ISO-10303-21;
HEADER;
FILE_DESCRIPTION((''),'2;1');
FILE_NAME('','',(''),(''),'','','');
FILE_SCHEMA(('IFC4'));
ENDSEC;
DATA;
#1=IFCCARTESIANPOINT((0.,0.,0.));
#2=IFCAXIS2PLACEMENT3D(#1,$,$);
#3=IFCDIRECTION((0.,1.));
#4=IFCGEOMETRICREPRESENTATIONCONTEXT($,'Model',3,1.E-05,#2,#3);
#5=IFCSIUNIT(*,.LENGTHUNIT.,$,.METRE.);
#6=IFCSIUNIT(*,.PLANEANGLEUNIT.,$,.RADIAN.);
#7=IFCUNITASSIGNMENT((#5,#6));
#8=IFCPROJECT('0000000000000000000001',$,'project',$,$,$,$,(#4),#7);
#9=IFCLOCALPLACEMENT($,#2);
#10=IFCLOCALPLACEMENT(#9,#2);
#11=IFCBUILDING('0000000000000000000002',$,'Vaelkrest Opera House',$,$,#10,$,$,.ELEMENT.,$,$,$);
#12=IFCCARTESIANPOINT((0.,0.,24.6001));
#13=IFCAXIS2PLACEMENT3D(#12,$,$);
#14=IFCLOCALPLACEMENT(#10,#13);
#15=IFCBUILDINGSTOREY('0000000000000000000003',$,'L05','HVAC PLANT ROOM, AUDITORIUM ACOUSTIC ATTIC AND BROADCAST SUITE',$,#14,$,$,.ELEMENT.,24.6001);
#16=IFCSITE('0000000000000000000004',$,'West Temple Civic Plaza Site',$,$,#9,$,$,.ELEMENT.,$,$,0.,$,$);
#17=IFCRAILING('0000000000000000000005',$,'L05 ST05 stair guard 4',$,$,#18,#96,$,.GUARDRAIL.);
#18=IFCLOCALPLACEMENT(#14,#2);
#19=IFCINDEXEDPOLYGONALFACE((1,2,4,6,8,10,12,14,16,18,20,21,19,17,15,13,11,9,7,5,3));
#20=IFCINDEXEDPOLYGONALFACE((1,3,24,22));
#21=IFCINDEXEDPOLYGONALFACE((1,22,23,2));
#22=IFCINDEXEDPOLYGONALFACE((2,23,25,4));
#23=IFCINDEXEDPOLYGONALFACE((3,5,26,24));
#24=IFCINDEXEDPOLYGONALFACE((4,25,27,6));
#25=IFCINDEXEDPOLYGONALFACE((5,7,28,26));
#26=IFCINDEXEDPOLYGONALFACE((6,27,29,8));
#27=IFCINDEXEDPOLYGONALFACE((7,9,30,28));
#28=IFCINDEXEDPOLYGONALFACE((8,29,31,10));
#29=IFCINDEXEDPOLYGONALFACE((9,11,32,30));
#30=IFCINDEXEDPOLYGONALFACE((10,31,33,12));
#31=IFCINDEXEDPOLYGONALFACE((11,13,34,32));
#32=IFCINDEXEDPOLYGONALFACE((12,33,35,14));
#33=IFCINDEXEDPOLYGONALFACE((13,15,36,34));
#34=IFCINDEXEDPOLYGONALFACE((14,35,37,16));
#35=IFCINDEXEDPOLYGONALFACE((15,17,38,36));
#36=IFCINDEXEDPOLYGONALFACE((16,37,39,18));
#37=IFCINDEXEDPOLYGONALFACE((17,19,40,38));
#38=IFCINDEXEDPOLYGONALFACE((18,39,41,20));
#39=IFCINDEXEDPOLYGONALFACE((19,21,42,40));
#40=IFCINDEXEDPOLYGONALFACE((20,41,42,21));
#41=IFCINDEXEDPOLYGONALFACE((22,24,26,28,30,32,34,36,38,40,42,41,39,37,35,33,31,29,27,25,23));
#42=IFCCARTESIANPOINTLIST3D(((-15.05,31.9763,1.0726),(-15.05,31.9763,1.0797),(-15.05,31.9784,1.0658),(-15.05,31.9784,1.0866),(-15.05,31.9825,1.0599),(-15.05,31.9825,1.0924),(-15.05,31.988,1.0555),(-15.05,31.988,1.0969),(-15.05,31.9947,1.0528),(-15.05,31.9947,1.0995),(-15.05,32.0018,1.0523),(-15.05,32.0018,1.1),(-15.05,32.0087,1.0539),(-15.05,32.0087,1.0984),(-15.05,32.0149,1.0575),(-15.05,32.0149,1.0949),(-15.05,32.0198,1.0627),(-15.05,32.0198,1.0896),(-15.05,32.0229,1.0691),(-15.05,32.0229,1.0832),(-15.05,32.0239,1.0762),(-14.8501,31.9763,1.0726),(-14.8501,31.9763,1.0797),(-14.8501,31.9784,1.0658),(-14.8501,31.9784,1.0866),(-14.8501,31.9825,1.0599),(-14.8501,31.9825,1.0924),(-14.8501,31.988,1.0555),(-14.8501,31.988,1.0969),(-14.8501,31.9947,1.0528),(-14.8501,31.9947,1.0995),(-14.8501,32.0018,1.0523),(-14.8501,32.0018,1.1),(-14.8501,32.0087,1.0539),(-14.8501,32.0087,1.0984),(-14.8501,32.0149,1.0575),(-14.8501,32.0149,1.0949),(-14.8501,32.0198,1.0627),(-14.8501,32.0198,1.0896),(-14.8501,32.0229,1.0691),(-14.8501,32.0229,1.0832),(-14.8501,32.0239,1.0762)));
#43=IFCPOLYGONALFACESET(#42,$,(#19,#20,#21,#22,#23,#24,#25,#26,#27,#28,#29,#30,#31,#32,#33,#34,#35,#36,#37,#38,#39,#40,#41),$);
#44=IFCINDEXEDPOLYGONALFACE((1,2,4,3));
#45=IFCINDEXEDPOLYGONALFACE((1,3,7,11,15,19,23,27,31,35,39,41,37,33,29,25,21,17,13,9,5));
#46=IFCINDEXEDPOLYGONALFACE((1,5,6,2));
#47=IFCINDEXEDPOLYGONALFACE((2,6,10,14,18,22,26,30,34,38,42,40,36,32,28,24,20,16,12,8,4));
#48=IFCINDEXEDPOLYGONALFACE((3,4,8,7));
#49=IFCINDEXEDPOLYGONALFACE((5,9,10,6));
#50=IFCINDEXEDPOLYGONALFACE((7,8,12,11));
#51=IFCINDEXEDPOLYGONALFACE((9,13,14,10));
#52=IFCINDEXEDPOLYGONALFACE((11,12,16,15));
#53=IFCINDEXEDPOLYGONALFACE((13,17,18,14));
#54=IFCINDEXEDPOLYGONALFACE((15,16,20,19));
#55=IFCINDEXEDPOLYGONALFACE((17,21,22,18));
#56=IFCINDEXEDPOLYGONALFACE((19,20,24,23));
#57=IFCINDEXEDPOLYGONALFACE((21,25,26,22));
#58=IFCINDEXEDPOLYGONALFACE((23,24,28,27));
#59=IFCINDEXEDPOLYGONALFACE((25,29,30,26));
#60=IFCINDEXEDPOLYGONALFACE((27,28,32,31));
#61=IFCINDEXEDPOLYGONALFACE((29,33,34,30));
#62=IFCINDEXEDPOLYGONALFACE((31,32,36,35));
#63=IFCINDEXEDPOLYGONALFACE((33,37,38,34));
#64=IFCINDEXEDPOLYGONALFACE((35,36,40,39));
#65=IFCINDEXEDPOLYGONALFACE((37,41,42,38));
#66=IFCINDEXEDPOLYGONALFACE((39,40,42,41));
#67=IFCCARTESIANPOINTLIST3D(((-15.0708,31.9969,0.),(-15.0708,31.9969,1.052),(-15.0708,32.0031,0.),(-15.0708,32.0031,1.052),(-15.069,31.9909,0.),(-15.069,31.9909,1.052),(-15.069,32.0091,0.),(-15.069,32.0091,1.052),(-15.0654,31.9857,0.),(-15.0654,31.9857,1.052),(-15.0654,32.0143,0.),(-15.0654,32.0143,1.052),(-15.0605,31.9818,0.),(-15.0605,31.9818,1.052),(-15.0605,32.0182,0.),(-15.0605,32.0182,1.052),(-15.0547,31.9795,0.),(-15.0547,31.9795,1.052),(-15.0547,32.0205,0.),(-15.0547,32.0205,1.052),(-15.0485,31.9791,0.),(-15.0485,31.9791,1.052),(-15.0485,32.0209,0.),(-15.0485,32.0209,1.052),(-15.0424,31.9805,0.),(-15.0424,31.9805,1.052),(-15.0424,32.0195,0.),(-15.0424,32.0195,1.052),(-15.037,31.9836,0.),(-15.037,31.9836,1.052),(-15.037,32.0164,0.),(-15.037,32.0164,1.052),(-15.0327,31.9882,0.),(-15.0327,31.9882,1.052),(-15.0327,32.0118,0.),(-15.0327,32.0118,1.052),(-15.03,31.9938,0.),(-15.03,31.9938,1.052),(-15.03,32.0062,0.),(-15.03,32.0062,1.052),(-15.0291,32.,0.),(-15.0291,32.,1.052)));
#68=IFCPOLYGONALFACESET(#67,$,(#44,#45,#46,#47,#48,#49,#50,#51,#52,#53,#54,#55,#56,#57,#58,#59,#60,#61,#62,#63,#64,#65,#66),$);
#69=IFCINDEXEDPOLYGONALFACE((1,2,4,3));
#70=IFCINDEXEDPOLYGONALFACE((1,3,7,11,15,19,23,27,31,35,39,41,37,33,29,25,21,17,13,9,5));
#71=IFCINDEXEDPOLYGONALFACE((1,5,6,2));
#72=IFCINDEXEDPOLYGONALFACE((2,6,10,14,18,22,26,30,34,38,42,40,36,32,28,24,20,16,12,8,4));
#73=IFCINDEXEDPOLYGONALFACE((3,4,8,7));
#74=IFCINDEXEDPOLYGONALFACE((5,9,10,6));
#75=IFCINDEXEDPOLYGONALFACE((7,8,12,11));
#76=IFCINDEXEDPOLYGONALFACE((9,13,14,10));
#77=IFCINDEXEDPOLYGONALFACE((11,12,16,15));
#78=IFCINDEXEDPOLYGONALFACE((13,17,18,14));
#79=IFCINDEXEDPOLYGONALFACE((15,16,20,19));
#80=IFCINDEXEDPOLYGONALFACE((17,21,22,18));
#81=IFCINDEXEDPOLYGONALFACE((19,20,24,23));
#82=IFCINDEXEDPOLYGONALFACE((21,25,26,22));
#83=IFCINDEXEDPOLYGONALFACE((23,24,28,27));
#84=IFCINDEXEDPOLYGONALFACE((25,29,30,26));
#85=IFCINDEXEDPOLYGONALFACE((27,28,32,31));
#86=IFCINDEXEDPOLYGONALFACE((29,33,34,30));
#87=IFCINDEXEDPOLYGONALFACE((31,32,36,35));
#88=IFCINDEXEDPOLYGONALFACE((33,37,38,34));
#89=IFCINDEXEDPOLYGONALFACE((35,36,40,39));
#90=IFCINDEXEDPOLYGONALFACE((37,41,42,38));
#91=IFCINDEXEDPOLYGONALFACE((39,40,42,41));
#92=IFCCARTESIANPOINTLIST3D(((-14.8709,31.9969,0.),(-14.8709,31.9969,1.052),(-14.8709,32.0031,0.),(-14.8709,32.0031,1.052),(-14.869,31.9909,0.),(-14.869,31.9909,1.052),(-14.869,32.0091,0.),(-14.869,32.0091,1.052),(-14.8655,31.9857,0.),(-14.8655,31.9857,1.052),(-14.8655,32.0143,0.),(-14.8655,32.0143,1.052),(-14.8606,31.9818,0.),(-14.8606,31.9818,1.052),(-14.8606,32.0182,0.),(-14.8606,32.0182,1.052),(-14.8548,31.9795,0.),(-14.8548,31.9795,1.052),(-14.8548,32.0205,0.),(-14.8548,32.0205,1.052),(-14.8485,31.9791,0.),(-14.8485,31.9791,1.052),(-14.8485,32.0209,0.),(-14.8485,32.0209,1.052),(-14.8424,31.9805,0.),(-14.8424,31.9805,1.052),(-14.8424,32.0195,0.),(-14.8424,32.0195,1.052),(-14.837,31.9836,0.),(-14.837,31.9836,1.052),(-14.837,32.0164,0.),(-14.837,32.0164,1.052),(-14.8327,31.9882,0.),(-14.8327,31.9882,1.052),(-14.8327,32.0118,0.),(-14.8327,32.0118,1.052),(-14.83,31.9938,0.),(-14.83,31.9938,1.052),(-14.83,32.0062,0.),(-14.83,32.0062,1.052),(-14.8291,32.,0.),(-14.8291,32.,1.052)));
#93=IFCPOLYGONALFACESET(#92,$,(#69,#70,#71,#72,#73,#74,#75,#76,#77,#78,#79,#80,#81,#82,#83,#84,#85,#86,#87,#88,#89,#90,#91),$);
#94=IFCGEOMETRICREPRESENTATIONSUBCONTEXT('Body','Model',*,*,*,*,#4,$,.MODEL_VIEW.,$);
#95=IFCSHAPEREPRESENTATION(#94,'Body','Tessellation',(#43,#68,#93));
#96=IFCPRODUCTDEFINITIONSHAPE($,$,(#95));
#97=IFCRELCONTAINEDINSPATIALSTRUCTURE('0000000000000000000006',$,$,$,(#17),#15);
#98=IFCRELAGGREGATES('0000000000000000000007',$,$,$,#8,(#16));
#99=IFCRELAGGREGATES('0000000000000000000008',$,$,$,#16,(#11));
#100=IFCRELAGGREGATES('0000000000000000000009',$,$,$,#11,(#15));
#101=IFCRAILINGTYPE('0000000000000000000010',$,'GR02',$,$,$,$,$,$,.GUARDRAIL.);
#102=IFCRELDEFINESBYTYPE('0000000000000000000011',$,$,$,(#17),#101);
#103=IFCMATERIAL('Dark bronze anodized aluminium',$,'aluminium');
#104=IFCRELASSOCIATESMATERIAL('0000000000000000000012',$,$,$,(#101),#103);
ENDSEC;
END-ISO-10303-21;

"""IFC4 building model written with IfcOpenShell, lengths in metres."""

from ifc_helpers import new_model, si_unit, direction, frame, origin, origin_2d, place, context, subcontext, project, spatial, circle, extrude, material, type_object, element, save


model = new_model("IFC4")

# Units and contexts
model_context = context("Model", 3, precision=1e-05, world=origin(), true_north=direction((0.0, 1.0)))
body_context = subcontext(model_context, "Body", "Model", "MODEL_VIEW")
ifc_project = project(units=[si_unit("LENGTHUNIT", "METRE"), si_unit("PLANEANGLEUNIT", "RADIAN")], contexts=[model_context])

# Site, building, storey
site_placement = place(None, origin())
site = spatial("IfcSite", under=ifc_project, at=site_placement, Name="West Temple Civic Plaza Site", CompositionType="ELEMENT", RefElevation=0.0)
building_placement = place(site_placement, origin())
building = spatial("IfcBuilding", under=site, at=building_placement, Name="Vaelkrest Opera House", CompositionType="ELEMENT")
storey_placement = place(building_placement, frame((0.0, 0.0, 24.6001)))
storey = spatial("IfcBuildingStorey", under=building, at=storey_placement, Name="L05", Description="HVAC PLANT ROOM, AUDITORIUM ACOUSTIC ATTIC AND BROADCAST SUITE", CompositionType="ELEMENT", Elevation=24.6001)

# Railing
ifc_material_1 = material(Name="Dark bronze anodized aluminium", Category="aluminium")
railing_type_1 = type_object("IfcRailingType", Name="GR02", PredefinedType="GUARDRAIL", material=ifc_material_1)
railing_1_placement = place(storey_placement, frame((-15.05, 32.0, 0.0)))
element("IfcRailing", 1, at=railing_1_placement, inside=storey, type_object=railing_type_1, Name="L05 ST05 stair guard 4", PredefinedType="GUARDRAIL", context=body_context, shape_type="SweptSolid", body=[
    extrude(circle(Radius=0.0239, at=origin_2d()), frame((0.0, 0.0, 1.0762), z_axis=(1.0, 0.0, 0.0), x_axis=(0.0, 1.0, 0.0)), (0.0, 0.0, 1.0), 0.2),
    extrude(circle(Radius=0.021, at=origin_2d()), origin(), (0.0, 0.0, 1.0), 1.052),
    extrude(circle(Radius=0.021, at=origin_2d()), frame((0.2, 0.0, 0.0)), (0.0, 0.0, 1.0), 1.052),
])

save(model, "model.ifc")
